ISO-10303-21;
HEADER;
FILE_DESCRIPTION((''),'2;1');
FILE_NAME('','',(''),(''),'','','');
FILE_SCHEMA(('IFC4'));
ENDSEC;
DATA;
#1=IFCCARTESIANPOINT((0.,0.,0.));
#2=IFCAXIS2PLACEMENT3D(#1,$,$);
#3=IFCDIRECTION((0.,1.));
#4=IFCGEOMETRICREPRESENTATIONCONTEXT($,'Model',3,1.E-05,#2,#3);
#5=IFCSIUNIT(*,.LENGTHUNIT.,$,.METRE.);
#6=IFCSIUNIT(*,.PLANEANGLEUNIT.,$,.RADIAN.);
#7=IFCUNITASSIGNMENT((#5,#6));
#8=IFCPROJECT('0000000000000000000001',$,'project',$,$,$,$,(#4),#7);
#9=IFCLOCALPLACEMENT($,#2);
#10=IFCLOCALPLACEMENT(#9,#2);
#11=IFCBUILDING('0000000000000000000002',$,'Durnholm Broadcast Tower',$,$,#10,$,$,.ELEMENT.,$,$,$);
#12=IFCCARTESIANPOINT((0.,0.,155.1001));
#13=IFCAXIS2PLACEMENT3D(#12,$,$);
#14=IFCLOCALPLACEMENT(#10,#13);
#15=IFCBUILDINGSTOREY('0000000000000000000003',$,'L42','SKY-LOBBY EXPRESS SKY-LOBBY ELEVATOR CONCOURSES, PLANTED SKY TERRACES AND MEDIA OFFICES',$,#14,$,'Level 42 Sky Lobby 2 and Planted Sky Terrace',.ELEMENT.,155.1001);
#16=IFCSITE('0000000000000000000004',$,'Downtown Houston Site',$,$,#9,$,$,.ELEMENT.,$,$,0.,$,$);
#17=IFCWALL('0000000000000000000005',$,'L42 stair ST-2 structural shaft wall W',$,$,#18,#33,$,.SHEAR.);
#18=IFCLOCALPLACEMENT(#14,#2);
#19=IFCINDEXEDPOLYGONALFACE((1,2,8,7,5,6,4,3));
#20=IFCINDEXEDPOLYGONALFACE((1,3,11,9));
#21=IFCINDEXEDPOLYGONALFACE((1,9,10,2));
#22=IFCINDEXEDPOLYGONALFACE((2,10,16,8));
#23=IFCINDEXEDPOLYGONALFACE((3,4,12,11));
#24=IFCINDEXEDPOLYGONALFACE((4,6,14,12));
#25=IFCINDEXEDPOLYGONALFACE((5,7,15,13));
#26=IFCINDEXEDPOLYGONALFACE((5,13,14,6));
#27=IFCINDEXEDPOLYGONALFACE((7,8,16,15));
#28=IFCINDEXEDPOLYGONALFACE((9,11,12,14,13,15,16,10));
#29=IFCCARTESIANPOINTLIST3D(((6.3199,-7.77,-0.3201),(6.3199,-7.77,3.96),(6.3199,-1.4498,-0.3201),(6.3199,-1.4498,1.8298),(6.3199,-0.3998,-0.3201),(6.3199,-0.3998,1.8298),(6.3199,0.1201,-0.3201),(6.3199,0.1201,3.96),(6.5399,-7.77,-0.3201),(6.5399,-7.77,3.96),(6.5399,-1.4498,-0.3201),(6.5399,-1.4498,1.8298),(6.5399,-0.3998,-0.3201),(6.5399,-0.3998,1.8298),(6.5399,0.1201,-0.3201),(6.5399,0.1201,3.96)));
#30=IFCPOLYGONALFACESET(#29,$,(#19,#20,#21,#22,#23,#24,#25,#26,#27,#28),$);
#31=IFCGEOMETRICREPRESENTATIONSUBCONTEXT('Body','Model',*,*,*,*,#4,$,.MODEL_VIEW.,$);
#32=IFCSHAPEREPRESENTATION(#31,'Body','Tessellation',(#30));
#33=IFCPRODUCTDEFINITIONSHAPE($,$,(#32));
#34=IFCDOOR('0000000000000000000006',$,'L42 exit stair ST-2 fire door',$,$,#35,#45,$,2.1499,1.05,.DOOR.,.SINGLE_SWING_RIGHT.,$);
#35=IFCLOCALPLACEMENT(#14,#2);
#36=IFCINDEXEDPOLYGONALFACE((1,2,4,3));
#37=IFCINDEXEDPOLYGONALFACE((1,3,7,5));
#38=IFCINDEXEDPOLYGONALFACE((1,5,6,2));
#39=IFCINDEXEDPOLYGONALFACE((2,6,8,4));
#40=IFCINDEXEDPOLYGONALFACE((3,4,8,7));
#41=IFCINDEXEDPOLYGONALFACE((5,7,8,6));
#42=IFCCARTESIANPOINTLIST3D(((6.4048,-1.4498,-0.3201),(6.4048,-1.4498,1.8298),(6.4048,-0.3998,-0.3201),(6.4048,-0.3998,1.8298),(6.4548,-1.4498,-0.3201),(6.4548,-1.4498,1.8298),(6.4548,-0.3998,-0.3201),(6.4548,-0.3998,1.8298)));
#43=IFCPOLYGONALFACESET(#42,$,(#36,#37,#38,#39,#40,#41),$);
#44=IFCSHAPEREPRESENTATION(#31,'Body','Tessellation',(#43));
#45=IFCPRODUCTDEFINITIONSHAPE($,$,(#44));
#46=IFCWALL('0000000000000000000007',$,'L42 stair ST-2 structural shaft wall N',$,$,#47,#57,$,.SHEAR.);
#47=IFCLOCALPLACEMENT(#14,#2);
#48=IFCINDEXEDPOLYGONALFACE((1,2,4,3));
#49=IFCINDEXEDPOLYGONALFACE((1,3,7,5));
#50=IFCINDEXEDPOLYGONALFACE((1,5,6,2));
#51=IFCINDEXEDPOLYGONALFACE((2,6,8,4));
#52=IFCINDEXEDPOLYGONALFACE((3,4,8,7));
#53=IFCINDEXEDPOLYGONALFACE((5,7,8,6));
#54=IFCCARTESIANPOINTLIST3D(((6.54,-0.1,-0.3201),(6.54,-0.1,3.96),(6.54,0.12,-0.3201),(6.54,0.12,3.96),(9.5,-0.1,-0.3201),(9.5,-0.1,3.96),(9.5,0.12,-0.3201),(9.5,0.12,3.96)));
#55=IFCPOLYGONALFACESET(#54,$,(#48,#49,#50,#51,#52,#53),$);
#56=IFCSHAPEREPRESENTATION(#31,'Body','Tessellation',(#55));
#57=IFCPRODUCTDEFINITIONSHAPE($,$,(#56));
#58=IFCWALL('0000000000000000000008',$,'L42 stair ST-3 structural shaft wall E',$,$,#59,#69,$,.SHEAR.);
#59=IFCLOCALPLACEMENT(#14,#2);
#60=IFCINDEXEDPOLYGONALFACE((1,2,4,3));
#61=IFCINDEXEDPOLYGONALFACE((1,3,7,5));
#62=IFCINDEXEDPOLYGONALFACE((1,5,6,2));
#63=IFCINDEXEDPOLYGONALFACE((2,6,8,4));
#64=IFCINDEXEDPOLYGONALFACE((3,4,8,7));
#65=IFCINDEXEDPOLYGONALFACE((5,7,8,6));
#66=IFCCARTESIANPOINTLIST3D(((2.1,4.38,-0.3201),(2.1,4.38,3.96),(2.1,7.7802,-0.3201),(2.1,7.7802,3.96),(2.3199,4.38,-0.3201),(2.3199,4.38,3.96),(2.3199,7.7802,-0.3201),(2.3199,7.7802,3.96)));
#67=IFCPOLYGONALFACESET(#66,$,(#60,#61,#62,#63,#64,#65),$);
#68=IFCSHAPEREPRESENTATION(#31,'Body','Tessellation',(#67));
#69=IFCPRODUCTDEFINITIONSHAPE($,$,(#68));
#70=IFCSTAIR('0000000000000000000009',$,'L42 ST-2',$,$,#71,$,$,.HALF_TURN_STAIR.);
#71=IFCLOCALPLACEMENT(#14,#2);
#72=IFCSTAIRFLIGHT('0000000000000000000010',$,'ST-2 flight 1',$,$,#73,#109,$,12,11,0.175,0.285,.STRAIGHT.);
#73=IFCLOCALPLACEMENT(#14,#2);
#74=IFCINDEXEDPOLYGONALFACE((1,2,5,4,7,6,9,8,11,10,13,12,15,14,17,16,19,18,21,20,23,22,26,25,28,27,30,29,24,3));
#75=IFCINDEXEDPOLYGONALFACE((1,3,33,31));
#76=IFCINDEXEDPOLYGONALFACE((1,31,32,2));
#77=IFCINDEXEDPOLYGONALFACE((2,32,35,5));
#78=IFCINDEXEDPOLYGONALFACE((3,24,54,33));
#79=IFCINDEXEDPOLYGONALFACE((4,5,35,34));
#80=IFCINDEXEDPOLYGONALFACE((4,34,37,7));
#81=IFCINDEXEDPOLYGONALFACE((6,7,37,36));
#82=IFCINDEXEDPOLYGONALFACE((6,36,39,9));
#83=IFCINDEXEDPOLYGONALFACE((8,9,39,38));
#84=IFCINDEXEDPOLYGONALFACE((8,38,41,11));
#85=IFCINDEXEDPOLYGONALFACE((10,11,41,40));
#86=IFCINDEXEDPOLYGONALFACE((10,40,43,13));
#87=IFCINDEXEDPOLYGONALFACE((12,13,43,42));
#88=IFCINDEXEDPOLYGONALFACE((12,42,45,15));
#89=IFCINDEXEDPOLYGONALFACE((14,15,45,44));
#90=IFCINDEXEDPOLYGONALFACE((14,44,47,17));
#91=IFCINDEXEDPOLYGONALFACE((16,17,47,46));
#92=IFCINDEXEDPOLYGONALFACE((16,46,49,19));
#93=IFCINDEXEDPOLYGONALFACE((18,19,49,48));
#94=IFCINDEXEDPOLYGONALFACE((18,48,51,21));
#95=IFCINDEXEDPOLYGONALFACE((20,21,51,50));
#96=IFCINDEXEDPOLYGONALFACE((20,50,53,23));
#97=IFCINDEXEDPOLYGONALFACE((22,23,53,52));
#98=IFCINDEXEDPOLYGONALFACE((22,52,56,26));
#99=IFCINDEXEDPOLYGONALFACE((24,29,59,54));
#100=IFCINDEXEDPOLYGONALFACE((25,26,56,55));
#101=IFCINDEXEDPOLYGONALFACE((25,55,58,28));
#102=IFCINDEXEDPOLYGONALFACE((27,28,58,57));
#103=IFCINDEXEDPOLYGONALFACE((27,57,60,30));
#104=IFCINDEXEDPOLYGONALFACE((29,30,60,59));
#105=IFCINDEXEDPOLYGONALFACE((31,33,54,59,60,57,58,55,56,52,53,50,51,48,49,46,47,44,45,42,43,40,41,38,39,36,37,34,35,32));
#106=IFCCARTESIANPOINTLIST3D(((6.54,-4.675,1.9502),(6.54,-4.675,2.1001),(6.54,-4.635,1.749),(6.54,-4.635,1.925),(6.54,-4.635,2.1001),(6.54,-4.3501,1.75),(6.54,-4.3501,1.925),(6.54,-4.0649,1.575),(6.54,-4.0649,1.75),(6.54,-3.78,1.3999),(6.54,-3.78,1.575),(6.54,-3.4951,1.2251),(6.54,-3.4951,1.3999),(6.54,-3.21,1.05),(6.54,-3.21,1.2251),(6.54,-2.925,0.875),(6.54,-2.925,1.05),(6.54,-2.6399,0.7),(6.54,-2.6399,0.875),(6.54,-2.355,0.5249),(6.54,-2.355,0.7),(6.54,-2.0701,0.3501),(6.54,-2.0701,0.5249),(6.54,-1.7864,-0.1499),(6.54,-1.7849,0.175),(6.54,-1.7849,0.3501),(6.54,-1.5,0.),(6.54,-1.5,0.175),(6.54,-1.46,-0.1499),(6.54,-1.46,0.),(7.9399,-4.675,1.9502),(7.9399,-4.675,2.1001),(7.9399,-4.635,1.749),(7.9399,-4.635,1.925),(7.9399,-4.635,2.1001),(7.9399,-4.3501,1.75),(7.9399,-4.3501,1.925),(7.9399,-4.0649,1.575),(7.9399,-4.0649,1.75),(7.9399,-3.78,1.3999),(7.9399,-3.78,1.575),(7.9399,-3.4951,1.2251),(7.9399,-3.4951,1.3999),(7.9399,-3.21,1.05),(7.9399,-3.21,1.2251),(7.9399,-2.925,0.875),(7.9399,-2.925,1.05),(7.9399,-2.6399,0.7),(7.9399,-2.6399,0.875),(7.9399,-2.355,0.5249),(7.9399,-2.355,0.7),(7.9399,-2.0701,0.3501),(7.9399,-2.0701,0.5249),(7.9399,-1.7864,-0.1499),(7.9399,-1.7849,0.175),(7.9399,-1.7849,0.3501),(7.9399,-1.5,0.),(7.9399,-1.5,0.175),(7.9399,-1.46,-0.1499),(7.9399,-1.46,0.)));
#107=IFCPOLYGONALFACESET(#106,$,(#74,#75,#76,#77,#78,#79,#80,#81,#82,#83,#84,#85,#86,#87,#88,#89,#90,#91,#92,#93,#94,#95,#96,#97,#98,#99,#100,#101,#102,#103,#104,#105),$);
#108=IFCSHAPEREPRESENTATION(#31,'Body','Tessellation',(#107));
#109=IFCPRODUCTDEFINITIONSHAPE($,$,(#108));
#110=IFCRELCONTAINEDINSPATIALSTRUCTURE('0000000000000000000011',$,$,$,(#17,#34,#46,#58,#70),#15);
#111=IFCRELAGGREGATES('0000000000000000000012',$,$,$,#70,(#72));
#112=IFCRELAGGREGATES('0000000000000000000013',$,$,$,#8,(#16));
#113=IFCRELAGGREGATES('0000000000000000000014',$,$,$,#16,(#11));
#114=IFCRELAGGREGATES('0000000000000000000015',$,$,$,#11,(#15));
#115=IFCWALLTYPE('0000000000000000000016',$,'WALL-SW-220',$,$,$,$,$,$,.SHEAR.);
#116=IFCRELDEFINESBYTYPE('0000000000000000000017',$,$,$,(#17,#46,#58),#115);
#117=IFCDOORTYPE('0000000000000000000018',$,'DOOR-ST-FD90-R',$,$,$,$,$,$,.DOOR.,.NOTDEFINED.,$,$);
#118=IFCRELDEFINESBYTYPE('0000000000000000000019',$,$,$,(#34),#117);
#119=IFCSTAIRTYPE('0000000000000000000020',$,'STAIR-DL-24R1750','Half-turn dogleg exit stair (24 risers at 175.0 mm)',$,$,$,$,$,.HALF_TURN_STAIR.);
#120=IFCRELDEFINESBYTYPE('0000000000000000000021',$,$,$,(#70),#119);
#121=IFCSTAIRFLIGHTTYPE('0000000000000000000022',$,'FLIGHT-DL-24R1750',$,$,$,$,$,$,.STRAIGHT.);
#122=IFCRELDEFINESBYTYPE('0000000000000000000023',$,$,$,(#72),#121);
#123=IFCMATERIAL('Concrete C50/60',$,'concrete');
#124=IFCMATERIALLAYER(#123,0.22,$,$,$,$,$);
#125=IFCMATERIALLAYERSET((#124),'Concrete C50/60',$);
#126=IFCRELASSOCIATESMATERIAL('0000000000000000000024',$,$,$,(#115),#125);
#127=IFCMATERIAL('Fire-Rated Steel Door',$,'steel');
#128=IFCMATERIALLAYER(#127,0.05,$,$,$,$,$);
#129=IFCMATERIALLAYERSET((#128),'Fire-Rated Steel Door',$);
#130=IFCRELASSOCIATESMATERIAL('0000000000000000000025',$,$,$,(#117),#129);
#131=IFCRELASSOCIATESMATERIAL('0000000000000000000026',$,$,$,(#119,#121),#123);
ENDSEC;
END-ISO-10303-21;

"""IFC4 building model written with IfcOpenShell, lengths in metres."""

from ifc_helpers import new_model, si_unit, direction, frame, frame_2d, origin, place, context, subcontext, project, spatial, polyline, rectangle, outline, extrude, source, transform, mapped, material, layer, layer_set, type_object, type_shapes, element, fill, aggregate, save


model = new_model("IFC4")

# Units and contexts
model_context = context("Model", 3, precision=1e-05, world=origin(), true_north=direction((0.0, 1.0)))
body_context = subcontext(model_context, "Body", "Model", "MODEL_VIEW")
ifc_project = project(units=[si_unit("LENGTHUNIT", "METRE"), si_unit("PLANEANGLEUNIT", "RADIAN")], contexts=[model_context])

# Site, building, storey
site_placement = place(None, origin())
site = spatial("IfcSite", under=ifc_project, at=site_placement, Name="Downtown Houston Site", CompositionType="ELEMENT", RefElevation=0.0)
building_placement = place(site_placement, origin())
building = spatial("IfcBuilding", under=site, at=building_placement, Name="Durnholm Broadcast Tower", CompositionType="ELEMENT")
storey_placement = place(building_placement, frame((0.0, 0.0, 155.1001)))
storey = spatial("IfcBuildingStorey", under=building, at=storey_placement, Name="L42", Description="SKY-LOBBY EXPRESS SKY-LOBBY ELEVATOR CONCOURSES, PLANTED SKY TERRACES AND MEDIA OFFICES", LongName="Level 42 Sky Lobby 2 and Planted Sky Terrace", CompositionType="ELEMENT", Elevation=155.1001)

# Wall, opening, door
ifc_material_1 = material(Name="Concrete C50/60", Category="concrete")
ifc_layer_1 = layer(ifc_material_1, 0.22)
ifc_layer_set_1 = layer_set([ifc_layer_1], Name="Concrete C50/60")
wall_type_1 = type_object("IfcWallType", Name="WALL-SW-220", PredefinedType="SHEAR", material=ifc_layer_set_1)
wall_1_placement = place(storey_placement, frame((6.4299, 0.1201, -0.3201), z_axis=(0.0, 0.0, 1.0), x_axis=(0.0, -1.0, 0.0)))
wall_1 = element("IfcWall", 1, at=wall_1_placement, inside=storey, type_object=wall_type_1, Name="L42 stair ST-2 structural shaft wall W", PredefinedType="SHEAR", context=body_context, shape_type="SweptSolid", body=[
    extrude(rectangle(XDim=7.8901, YDim=0.22, at=frame_2d((3.9451, 0.0))), origin(), (0.0, 0.0, 1.0), 4.28),
])
opening_1_placement = place(wall_1_placement, frame((0.52, 0.0, 0.0)))
opening_1 = element("IfcOpeningElement", 2, at=opening_1_placement, cuts=wall_1, PredefinedType="OPENING", context=body_context, shape_type="SweptSolid", body=[
    extrude(rectangle(XDim=1.05, YDim=2.1499, at=frame_2d((0.5249, 1.075))), frame((0.0, 0.1201, 0.0), z_axis=(0.0, -1.0, 0.0), x_axis=(1.0, 0.0, 0.0)), (0.0, 0.0, 1.0), 0.24),
])
ifc_material_2 = material(Name="Fire-Rated Steel Door", Category="steel")
ifc_layer_2 = layer(ifc_material_2, 0.05)
ifc_layer_set_2 = layer_set([ifc_layer_2], Name="Fire-Rated Steel Door")
door_type_1 = type_object("IfcDoorType", Name="DOOR-ST-FD90-R", OperationType="NOTDEFINED", PredefinedType="DOOR", material=ifc_layer_set_2)
shared_shape_1 = source(origin(), body_context, "Body", "SweptSolid", [
    extrude(rectangle(XDim=1.05, YDim=2.1499, at=frame_2d((0.5249, 1.075))), frame((0.0, 0.0249, 0.0), z_axis=(0.0, -1.0, 0.0), x_axis=(1.0, 0.0, 0.0)), (0.0, 0.0, 1.0), 0.05),
])
type_shapes(door_type_1, [shared_shape_1])
door_1_placement = place(opening_1_placement, origin())
door_1 = element("IfcDoor", 3, at=door_1_placement, inside=storey, type_object=door_type_1, Name="L42 exit stair ST-2 fire door", OperationType="SINGLE_SWING_RIGHT", OverallHeight=2.1499, OverallWidth=1.05, PredefinedType="DOOR", context=body_context, shape_type="MappedRepresentation", body=[
    mapped(shared_shape_1, transform((0.0, 0.0, 0.0), x_axis=(1.0, 0.0, 0.0), y_axis=(0.0, 1.0, 0.0), z_axis=(0.0, 0.0, 1.0), scale=1.0)),
])
fill(opening_1, door_1)

# Walls
wall_2_placement = place(storey_placement, frame((9.5, 0.01, -0.3201), z_axis=(0.0, 0.0, 1.0), x_axis=(-1.0, 0.0, 0.0)))
element("IfcWall", 4, at=wall_2_placement, inside=storey, type_object=wall_type_1, Name="L42 stair ST-2 structural shaft wall N", PredefinedType="SHEAR", context=body_context, shape_type="SweptSolid", body=[
    extrude(rectangle(XDim=2.96, YDim=0.22, at=frame_2d((1.48, 0.0))), origin(), (0.0, 0.0, 1.0), 4.28),
])
wall_3_placement = place(storey_placement, frame((2.21, 4.3799, -0.3201), z_axis=(0.0, 0.0, 1.0), x_axis=(0.0, 1.0, 0.0)))
element("IfcWall", 5, at=wall_3_placement, inside=storey, type_object=wall_type_1, Name="L42 stair ST-3 structural shaft wall E", PredefinedType="SHEAR", context=body_context, shape_type="SweptSolid", body=[
    extrude(rectangle(XDim=3.4001, YDim=0.22, at=frame_2d((1.7002, 0.0))), origin(), (0.0, 0.0, 1.0), 4.28),
])

# Stair, stair flight
stair_type = type_object("IfcStairType", Name="STAIR-DL-24R1750", Description="Half-turn dogleg exit stair (24 risers at 175.0 mm)", PredefinedType="HALF_TURN_STAIR", material=ifc_material_1)
stair_placement = place(storey_placement, origin())
stair = element("IfcStair", 6, at=stair_placement, inside=storey, type_object=stair_type, Name="L42 ST-2", PredefinedType="HALF_TURN_STAIR")
stair_flight_type = type_object("IfcStairFlightType", Name="FLIGHT-DL-24R1750", PredefinedType="STRAIGHT", material=ifc_material_1)
stair_flight_placement = place(storey_placement, frame((7.24, -1.5, 0.0), z_axis=(0.0, 0.0, 1.0), x_axis=(0.0, -1.0, 0.0)))
stair_flight = element("IfcStairFlight", 7, at=stair_flight_placement, type_object=stair_flight_type, Name="ST-2 flight 1", NumberOfRisers=12, NumberOfTreads=11, PredefinedType="STRAIGHT", RiserHeight=0.175, TreadLength=0.285, context=body_context, shape_type="SweptSolid", body=[
    extrude(outline(polyline([(-0.04, -0.1499), (-0.04, 0.0), (0.0, 0.0), (0.0, 0.175), (0.2849, 0.175), (0.2849, 0.3501), (0.5701, 0.3501), (0.5701, 0.5249), (0.855, 0.5249), (0.855, 0.7), (1.1399, 0.7), (1.1399, 0.875), (1.425, 0.875), (1.425, 1.05), (1.71, 1.05), (1.71, 1.2251), (1.9951, 1.2251), (1.9951, 1.3999), (2.28, 1.3999), (2.28, 1.575), (2.5649, 1.575), (2.5649, 1.75), (2.8501, 1.75), (2.8501, 1.925), (3.135, 1.925), (3.135, 2.1001), (3.175, 2.1001), (3.175, 1.9502), (3.135, 1.749), (0.2864, -0.1499), (-0.04, -0.1499)])), frame((0.0, 0.7, 0.0), z_axis=(0.0, -1.0, 0.0), x_axis=(1.0, 0.0, 0.0)), (0.0, 0.0, 1.0), 1.3999),
])
aggregate(stair, [stair_flight])

save(model, "model.ifc")
